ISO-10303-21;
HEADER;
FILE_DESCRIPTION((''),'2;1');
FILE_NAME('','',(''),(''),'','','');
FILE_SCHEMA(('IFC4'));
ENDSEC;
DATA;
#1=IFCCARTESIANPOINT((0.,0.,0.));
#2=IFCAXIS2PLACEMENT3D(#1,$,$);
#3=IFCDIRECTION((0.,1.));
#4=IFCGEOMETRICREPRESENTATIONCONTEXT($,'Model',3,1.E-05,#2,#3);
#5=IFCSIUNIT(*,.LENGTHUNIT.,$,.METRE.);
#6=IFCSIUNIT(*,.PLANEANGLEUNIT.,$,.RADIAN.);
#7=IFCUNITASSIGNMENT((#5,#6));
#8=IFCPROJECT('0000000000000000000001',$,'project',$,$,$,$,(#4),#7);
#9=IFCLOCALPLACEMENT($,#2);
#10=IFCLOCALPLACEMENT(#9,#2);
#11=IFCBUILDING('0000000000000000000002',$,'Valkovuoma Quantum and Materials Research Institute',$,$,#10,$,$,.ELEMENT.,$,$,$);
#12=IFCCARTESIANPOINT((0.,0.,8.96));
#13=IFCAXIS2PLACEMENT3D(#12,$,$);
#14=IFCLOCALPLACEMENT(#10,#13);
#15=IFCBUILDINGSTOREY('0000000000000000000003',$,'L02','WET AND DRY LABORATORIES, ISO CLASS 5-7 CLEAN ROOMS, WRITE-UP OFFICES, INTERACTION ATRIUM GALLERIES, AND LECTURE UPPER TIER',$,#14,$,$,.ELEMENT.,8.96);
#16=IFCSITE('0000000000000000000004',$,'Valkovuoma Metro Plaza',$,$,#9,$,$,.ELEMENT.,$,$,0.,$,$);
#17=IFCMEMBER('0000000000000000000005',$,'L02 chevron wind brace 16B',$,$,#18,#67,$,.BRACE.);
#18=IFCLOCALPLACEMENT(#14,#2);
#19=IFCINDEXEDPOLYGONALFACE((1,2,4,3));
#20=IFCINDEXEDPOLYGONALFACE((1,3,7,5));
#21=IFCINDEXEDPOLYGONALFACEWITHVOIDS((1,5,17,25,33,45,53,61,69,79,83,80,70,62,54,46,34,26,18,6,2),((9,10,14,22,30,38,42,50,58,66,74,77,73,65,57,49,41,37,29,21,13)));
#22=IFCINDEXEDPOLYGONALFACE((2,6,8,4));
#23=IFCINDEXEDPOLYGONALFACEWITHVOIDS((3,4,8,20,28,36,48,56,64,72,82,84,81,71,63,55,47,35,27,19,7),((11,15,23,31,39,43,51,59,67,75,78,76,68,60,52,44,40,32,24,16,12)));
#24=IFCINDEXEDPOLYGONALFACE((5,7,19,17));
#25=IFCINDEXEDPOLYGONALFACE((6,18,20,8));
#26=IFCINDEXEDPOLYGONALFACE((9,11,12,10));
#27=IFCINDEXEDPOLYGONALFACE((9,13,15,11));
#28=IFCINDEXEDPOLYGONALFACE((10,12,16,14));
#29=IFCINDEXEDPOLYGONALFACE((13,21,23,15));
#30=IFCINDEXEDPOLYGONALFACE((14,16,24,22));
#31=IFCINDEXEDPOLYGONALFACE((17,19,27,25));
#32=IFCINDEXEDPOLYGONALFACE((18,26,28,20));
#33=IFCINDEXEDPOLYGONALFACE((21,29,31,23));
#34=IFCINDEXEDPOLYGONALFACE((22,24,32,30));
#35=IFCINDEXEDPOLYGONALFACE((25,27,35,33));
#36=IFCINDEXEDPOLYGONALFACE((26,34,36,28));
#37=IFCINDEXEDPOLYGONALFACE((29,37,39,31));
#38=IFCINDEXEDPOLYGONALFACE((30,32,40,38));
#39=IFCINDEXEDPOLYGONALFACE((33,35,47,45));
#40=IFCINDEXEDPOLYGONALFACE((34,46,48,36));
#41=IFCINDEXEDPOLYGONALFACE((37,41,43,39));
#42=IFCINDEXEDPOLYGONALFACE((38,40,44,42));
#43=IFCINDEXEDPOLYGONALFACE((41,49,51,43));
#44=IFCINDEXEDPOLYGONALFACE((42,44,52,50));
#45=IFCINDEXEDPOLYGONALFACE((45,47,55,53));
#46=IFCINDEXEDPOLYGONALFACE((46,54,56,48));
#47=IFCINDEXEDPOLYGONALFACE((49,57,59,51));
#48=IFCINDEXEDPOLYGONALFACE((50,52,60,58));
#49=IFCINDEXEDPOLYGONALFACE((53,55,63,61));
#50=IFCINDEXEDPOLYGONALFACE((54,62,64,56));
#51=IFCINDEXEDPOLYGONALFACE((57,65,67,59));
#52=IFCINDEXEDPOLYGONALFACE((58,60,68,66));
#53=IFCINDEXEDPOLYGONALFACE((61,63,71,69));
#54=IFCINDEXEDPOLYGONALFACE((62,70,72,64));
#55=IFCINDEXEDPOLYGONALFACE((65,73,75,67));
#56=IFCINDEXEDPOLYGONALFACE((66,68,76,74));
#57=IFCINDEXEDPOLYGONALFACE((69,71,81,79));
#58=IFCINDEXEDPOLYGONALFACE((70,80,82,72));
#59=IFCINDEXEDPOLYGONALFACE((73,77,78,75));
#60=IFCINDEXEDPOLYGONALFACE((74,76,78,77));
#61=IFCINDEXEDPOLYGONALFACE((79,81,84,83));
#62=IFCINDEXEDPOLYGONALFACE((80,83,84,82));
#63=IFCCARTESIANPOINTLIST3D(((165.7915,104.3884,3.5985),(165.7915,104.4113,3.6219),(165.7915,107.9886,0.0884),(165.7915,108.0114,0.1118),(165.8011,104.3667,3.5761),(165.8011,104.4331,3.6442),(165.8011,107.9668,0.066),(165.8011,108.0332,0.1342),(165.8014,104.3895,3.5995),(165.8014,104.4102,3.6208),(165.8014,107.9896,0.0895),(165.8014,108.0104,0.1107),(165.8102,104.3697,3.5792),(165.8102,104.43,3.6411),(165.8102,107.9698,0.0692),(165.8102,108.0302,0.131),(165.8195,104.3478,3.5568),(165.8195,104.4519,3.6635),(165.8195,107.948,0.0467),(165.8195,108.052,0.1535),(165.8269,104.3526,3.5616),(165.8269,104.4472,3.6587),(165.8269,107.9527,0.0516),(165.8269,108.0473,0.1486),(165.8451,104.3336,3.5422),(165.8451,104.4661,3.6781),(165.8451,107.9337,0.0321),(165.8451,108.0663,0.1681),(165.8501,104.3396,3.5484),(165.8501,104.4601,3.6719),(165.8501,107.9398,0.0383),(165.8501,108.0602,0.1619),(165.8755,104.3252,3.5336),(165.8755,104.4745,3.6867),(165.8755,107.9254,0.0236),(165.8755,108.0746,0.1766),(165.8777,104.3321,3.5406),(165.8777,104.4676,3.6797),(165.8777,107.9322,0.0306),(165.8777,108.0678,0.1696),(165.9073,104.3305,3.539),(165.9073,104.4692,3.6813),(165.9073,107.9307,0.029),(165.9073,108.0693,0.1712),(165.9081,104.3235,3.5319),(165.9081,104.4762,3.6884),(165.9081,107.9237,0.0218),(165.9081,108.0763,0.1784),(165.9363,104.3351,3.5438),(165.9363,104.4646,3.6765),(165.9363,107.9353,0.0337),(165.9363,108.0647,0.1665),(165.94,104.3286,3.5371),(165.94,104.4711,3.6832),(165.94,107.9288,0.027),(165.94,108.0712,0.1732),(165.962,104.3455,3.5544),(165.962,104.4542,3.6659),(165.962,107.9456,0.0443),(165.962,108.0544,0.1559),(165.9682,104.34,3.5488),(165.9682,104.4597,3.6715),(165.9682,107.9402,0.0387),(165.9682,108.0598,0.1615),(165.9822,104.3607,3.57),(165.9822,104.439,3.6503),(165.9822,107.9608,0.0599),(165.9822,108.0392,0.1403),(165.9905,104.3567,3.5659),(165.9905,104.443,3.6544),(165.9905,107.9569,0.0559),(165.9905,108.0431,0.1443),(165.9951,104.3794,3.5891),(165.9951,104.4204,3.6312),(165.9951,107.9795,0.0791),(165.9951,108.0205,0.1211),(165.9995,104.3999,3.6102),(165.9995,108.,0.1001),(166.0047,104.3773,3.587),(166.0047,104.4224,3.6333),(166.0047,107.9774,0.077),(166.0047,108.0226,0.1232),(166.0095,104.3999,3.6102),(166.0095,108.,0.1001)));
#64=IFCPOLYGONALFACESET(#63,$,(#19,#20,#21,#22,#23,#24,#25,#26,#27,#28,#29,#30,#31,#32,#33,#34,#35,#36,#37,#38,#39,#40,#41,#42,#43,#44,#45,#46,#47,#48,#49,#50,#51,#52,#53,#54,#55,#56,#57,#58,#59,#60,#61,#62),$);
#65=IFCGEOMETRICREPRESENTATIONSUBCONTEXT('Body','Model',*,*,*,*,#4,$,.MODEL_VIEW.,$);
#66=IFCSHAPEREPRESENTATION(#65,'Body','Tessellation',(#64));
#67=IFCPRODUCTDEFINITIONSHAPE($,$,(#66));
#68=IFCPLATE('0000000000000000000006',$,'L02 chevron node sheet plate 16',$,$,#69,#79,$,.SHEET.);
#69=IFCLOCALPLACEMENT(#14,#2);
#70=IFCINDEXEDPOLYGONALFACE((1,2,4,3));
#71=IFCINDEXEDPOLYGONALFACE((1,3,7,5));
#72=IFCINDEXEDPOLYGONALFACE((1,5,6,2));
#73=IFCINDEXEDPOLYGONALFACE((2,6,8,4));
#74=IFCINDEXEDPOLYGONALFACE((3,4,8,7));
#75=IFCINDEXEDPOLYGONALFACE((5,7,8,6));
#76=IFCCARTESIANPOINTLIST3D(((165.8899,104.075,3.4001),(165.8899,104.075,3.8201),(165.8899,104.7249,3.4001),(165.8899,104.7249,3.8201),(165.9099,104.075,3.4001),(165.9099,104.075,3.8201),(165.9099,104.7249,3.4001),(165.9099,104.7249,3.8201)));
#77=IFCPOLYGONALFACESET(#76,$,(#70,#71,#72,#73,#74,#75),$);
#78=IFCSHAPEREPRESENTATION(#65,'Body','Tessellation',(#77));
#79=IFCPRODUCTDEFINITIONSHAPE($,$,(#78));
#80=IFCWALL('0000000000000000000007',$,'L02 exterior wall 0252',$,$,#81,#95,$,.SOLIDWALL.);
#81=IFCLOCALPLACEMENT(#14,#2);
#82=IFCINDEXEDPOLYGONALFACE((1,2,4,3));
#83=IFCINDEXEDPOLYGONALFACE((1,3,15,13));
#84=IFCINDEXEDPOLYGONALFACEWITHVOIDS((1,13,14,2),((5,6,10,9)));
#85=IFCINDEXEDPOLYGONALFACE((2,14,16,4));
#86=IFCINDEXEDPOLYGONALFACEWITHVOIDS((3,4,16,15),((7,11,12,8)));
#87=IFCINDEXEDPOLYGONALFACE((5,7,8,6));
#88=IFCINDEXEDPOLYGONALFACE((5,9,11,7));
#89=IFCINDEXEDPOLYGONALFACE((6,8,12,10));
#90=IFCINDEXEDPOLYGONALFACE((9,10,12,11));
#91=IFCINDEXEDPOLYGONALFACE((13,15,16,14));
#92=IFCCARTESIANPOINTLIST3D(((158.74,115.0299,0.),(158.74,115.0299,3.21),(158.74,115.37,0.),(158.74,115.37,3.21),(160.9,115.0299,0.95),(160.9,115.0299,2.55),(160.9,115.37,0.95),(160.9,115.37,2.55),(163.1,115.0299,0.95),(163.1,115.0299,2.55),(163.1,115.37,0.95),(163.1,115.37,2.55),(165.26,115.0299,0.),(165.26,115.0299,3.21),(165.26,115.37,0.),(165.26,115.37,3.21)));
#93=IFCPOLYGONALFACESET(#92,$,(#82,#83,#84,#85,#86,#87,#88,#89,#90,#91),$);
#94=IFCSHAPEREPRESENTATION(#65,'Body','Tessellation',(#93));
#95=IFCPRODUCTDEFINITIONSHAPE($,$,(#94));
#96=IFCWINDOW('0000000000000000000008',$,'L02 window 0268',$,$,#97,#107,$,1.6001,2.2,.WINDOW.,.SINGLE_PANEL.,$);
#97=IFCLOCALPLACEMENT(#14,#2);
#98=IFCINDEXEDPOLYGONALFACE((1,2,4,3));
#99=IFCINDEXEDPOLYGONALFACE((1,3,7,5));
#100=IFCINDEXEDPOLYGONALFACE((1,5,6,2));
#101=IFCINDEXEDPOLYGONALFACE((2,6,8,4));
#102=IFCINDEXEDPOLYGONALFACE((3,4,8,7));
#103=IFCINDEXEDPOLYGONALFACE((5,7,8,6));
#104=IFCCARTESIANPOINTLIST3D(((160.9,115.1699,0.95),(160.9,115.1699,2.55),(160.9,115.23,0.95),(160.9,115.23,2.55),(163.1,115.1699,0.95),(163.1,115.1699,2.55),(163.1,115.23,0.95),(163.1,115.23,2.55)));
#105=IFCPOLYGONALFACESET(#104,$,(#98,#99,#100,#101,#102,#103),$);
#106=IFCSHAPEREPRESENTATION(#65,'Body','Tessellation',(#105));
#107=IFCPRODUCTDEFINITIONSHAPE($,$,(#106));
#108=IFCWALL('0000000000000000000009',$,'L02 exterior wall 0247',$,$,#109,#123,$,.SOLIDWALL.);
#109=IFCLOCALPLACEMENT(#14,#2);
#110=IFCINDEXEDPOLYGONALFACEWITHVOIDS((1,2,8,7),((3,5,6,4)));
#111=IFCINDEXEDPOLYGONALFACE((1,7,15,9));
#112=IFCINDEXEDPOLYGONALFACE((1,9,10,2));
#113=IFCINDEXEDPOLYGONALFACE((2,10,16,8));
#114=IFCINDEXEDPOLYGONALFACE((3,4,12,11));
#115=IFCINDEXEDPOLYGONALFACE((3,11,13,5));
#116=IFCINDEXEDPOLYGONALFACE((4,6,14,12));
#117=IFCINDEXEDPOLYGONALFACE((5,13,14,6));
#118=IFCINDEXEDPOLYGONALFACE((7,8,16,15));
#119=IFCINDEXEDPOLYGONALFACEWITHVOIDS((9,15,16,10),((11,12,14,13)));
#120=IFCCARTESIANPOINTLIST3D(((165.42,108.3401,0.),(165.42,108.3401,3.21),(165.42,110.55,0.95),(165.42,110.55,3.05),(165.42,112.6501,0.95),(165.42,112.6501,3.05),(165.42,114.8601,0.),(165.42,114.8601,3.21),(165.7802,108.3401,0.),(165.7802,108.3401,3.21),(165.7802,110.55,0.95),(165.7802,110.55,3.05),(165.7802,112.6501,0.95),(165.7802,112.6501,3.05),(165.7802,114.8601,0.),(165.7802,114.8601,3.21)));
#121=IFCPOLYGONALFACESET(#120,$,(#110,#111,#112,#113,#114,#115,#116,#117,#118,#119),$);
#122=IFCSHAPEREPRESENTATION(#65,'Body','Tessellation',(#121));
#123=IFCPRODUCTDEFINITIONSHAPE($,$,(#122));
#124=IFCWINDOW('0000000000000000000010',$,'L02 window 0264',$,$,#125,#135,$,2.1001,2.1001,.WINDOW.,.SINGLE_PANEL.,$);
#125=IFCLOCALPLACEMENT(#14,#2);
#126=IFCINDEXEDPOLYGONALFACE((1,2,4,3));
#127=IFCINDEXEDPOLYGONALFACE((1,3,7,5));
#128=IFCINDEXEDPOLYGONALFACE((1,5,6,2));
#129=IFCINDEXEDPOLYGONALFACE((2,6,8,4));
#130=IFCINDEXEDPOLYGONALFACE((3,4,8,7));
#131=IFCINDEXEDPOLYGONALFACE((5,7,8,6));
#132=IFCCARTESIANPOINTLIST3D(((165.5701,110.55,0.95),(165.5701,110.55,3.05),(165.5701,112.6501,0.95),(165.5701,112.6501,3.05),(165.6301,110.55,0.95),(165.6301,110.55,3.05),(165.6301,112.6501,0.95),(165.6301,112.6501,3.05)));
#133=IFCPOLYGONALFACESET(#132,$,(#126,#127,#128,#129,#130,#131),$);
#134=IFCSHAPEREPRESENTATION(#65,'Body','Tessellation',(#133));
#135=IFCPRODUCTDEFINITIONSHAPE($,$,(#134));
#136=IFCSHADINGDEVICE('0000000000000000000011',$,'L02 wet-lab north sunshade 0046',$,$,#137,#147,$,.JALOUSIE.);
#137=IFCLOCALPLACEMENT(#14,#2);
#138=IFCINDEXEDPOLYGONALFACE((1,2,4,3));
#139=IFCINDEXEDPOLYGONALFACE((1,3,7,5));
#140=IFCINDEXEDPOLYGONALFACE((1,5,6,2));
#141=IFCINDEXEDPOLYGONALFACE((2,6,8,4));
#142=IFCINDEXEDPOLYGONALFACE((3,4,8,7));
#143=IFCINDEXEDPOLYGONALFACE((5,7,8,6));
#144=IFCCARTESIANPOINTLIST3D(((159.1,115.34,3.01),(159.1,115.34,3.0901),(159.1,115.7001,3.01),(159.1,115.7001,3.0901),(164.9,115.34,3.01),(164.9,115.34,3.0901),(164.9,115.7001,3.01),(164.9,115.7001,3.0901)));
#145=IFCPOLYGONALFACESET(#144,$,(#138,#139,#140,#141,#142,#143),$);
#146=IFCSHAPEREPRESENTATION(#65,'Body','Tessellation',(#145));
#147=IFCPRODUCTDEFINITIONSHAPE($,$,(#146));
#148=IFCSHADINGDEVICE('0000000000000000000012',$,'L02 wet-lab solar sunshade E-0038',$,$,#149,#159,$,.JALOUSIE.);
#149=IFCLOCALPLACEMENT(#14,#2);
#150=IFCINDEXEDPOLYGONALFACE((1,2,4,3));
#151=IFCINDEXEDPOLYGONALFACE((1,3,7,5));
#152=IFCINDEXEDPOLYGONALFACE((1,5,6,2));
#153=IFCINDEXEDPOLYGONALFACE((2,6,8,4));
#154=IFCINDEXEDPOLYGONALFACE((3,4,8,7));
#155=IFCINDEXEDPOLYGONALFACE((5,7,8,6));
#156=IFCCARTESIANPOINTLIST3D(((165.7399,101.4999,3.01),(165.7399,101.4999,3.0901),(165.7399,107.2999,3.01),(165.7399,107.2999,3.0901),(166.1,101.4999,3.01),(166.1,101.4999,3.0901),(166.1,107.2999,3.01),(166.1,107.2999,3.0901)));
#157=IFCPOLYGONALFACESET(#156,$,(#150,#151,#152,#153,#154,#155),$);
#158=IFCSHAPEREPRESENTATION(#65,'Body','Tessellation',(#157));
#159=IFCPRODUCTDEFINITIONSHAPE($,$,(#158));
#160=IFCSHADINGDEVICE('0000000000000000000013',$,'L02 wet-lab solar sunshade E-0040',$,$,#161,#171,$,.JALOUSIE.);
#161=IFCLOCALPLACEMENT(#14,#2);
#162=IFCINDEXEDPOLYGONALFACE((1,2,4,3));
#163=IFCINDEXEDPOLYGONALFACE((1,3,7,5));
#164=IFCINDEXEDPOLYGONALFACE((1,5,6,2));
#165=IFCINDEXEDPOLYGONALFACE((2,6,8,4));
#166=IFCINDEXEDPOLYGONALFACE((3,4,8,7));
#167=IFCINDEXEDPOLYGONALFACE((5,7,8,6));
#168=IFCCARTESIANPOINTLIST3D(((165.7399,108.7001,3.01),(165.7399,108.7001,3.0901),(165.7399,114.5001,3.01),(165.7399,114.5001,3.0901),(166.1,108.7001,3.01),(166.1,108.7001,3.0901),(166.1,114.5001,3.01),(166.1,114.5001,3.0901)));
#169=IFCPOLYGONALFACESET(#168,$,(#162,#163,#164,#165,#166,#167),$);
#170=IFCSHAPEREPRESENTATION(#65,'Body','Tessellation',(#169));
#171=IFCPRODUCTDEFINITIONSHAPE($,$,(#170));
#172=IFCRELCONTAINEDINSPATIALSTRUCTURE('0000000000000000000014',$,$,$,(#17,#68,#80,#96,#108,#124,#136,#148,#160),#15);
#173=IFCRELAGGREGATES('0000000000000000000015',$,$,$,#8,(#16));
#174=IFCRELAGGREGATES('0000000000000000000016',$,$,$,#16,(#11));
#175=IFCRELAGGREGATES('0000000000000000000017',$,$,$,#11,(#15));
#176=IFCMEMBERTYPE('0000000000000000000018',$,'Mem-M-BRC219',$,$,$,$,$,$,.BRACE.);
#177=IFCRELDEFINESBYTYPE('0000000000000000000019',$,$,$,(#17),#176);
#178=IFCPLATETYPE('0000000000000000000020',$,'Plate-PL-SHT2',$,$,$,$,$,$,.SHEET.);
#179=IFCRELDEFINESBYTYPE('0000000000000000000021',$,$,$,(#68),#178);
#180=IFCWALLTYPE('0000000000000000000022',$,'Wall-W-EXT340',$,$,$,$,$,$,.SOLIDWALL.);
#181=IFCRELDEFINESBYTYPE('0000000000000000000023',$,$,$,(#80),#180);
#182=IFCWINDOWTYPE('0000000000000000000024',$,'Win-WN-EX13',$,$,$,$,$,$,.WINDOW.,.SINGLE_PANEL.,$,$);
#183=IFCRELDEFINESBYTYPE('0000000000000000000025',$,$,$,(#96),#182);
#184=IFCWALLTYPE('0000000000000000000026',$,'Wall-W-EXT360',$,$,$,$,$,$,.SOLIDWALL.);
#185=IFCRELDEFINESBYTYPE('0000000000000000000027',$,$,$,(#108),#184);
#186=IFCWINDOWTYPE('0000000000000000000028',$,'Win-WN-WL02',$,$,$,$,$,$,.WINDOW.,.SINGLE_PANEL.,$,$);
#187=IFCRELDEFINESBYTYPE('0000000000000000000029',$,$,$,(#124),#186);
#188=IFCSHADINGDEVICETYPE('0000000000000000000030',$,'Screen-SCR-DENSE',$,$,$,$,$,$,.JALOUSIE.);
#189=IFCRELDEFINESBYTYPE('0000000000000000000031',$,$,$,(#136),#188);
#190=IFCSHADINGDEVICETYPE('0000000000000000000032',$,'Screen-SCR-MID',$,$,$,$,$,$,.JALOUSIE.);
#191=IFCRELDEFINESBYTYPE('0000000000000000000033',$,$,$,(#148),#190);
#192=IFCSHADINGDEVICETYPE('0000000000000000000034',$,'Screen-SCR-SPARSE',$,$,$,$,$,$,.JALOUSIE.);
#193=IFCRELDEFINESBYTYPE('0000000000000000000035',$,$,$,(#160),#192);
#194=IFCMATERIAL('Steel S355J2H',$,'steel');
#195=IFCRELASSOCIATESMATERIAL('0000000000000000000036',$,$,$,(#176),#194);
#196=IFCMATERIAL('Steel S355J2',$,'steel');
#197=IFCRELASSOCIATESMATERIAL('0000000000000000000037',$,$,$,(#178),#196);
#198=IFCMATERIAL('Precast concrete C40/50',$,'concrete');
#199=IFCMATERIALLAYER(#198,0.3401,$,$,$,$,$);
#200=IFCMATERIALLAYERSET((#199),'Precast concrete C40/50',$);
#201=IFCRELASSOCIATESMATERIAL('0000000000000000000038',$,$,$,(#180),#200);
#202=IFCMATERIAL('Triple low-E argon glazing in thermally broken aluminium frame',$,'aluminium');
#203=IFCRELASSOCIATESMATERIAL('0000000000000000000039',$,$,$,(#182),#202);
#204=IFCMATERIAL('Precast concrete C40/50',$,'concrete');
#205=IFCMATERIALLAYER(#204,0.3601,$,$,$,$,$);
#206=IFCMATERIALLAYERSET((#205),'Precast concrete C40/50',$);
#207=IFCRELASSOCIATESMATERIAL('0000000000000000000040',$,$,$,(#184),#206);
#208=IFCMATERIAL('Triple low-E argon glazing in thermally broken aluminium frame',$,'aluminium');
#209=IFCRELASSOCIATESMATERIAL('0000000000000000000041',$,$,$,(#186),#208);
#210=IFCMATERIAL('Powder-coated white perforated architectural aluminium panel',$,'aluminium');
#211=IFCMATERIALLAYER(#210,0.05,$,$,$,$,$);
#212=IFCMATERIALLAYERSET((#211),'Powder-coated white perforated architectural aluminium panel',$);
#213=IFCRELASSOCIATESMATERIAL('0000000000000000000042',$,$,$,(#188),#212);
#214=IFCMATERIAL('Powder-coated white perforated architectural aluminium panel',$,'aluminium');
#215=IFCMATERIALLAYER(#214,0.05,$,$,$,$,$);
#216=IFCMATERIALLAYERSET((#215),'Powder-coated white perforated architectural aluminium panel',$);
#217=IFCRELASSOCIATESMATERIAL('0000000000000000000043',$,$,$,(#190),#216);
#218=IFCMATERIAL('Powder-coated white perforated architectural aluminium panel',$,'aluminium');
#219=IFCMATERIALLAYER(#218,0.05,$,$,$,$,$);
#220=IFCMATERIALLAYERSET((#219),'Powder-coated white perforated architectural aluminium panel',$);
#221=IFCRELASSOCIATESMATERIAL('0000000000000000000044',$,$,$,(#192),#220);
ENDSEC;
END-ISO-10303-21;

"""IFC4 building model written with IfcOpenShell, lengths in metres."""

from ifc_helpers import new_model, si_unit, direction, frame, frame_2d, origin, origin_2d, place, context, subcontext, project, spatial, rectangle, hollow_circle, extrude, material, layer, layer_set, material_profile, profile_set, type_object, element, fill, save


model = new_model("IFC4")

# Units and contexts
model_context = context("Model", 3, precision=1e-05, world=origin(), true_north=direction((0.0, 1.0)))
body_context = subcontext(model_context, "Body", "Model", "MODEL_VIEW")
ifc_project = project(units=[si_unit("LENGTHUNIT", "METRE"), si_unit("PLANEANGLEUNIT", "RADIAN")], contexts=[model_context])

# Site, building, storey
site_placement = place(None, origin())
site = spatial("IfcSite", under=ifc_project, at=site_placement, Name="Valkovuoma Metro Plaza", CompositionType="ELEMENT", RefElevation=0.0)
building_placement = place(site_placement, origin())
building = spatial("IfcBuilding", under=site, at=building_placement, Name="Valkovuoma Quantum and Materials Research Institute", CompositionType="ELEMENT")
storey_placement = place(building_placement, frame((0.0, 0.0, 8.96)))
storey = spatial("IfcBuildingStorey", under=building, at=storey_placement, Name="L02", Description="WET AND DRY LABORATORIES, ISO CLASS 5-7 CLEAN ROOMS, WRITE-UP OFFICES, INTERACTION ATRIUM GALLERIES, AND LECTURE UPPER TIER", CompositionType="ELEMENT", Elevation=8.96)

# Member
ifc_material_1 = material(Name="Steel S355J2H", Category="steel")
ifc_material_profile_1 = material_profile(ifc_material_1, hollow_circle(Radius=0.1096, WallThickness=0.01, at=origin_2d()), Name="Steel S355J2H")
ifc_profile_set_1 = profile_set([ifc_material_profile_1], Name="Steel S355J2H")
member_type = type_object("IfcMemberType", Name="Mem-M-BRC219", PredefinedType="BRACE", material=ifc_profile_set_1)
member_placement = place(storey_placement, frame((165.8999, 108.0, 0.1001), z_axis=(0.0, -0.716009, 0.698091), x_axis=(1.0, 0.0, 0.0)))
element("IfcMember", 1, at=member_placement, inside=storey, type_object=member_type, Name="L02 chevron wind brace 16B", PredefinedType="BRACE", context=body_context, shape_type="SweptSolid", body=[
    extrude(hollow_circle(Radius=0.1096, WallThickness=0.01, at=origin_2d()), origin(), (0.0, 0.0, 1.0), 5.0281),
])

# Plate
ifc_material_2 = material(Name="Steel S355J2", Category="steel")
plate_type = type_object("IfcPlateType", Name="Plate-PL-SHT2", PredefinedType="SHEET", material=ifc_material_2)
plate_placement = place(storey_placement, frame((165.8999, 104.3999, 3.4001), z_axis=(0.0, 0.0, 1.0), x_axis=(0.0, 1.0, 0.0)))
element("IfcPlate", 2, at=plate_placement, inside=storey, type_object=plate_type, Name="L02 chevron node sheet plate 16", PredefinedType="SHEET", context=body_context, shape_type="SweptSolid", body=[
    extrude(rectangle(XDim=0.6499, YDim=0.02, at=origin_2d()), origin(), (0.0, 0.0, 1.0), 0.4199),
])

# Walls, openings, windows
ifc_material_3 = material(Name="Precast concrete C40/50", Category="concrete")
ifc_layer_1 = layer(ifc_material_3, 0.3401)
ifc_layer_set_1 = layer_set([ifc_layer_1], Name="Precast concrete C40/50")
wall_type_1 = type_object("IfcWallType", Name="Wall-W-EXT340", PredefinedType="SOLIDWALL", material=ifc_layer_set_1)
wall_1_placement = place(storey_placement, frame((158.74, 115.2, 0.0), z_axis=(0.0, 0.0, 1.0), x_axis=(1.0, 0.0, 0.0)))
wall_1 = element("IfcWall", 3, at=wall_1_placement, inside=storey, type_object=wall_type_1, Name="L02 exterior wall 0252", PredefinedType="SOLIDWALL", context=body_context, shape_type="SweptSolid", body=[
    extrude(rectangle(XDim=6.52, YDim=0.3401, at=frame_2d((3.26, 0.0))), origin(), (0.0, 0.0, 1.0), 3.21),
])
opening_1_placement = place(wall_1_placement, frame((2.1599, 0.0, 0.95)))
opening_1 = element("IfcOpeningElement", 4, at=opening_1_placement, cuts=wall_1, PredefinedType="OPENING", context=body_context, shape_type="SweptSolid", body=[
    extrude(rectangle(XDim=2.2, YDim=1.6001, at=frame_2d((1.1001, 0.8))), frame((0.0, 0.1802, 0.0), z_axis=(0.0, -1.0, 0.0), x_axis=(1.0, 0.0, 0.0)), (0.0, 0.0, 1.0), 0.3601),
])
ifc_material_4 = material(Name="Triple low-E argon glazing in thermally broken aluminium frame", Category="aluminium")
window_type_1 = type_object("IfcWindowType", Name="Win-WN-EX13", PartitioningType="SINGLE_PANEL", PredefinedType="WINDOW", material=ifc_material_4)
window_1_placement = place(opening_1_placement, origin())
window_1 = element("IfcWindow", 5, at=window_1_placement, inside=storey, type_object=window_type_1, Name="L02 window 0268", OverallHeight=1.6001, OverallWidth=2.2, PartitioningType="SINGLE_PANEL", PredefinedType="WINDOW", context=body_context, shape_type="SweptSolid", body=[
    extrude(rectangle(XDim=2.2, YDim=1.6001, at=frame_2d((1.1001, 0.8))), frame((0.0, 0.03, 0.0), z_axis=(0.0, -1.0, 0.0), x_axis=(1.0, 0.0, 0.0)), (0.0, 0.0, 1.0), 0.0601),
])
fill(opening_1, window_1)
ifc_material_5 = material(Name="Precast concrete C40/50", Category="concrete")
ifc_layer_2 = layer(ifc_material_5, 0.3601)
ifc_layer_set_2 = layer_set([ifc_layer_2], Name="Precast concrete C40/50")
wall_type_2 = type_object("IfcWallType", Name="Wall-W-EXT360", PredefinedType="SOLIDWALL", material=ifc_layer_set_2)
wall_2_placement = place(storey_placement, frame((165.6001, 108.3401, 0.0), z_axis=(0.0, 0.0, 1.0), x_axis=(0.0, 1.0, 0.0)))
wall_2 = element("IfcWall", 6, at=wall_2_placement, inside=storey, type_object=wall_type_2, Name="L02 exterior wall 0247", PredefinedType="SOLIDWALL", context=body_context, shape_type="SweptSolid", body=[
    extrude(rectangle(XDim=6.52, YDim=0.3601, at=frame_2d((3.26, 0.0))), origin(), (0.0, 0.0, 1.0), 3.21),
])
opening_2_placement = place(wall_2_placement, frame((2.21, 0.0, 0.95)))
opening_2 = element("IfcOpeningElement", 7, at=opening_2_placement, cuts=wall_2, PredefinedType="OPENING", context=body_context, shape_type="SweptSolid", body=[
    extrude(rectangle(XDim=2.1001, YDim=2.1001, at=frame_2d((1.05, 1.05))), frame((0.0, 0.1899, 0.0), z_axis=(0.0, -1.0, 0.0), x_axis=(1.0, 0.0, 0.0)), (0.0, 0.0, 1.0), 0.3801),
])
ifc_material_6 = material(Name="Triple low-E argon glazing in thermally broken aluminium frame", Category="aluminium")
window_type_2 = type_object("IfcWindowType", Name="Win-WN-WL02", PartitioningType="SINGLE_PANEL", PredefinedType="WINDOW", material=ifc_material_6)
window_2_placement = place(opening_2_placement, origin())
window_2 = element("IfcWindow", 8, at=window_2_placement, inside=storey, type_object=window_type_2, Name="L02 window 0264", OverallHeight=2.1001, OverallWidth=2.1001, PartitioningType="SINGLE_PANEL", PredefinedType="WINDOW", context=body_context, shape_type="SweptSolid", body=[
    extrude(rectangle(XDim=2.1001, YDim=2.1001, at=frame_2d((1.05, 1.05))), frame((0.0, 0.03, 0.0), z_axis=(0.0, -1.0, 0.0), x_axis=(1.0, 0.0, 0.0)), (0.0, 0.0, 1.0), 0.0601),
])
fill(opening_2, window_2)

# Shading devices
ifc_material_7 = material(Name="Powder-coated white perforated architectural aluminium panel", Category="aluminium")
ifc_layer_3 = layer(ifc_material_7, 0.05)
ifc_layer_set_3 = layer_set([ifc_layer_3], Name="Powder-coated white perforated architectural aluminium panel")
shading_device_type_1 = type_object("IfcShadingDeviceType", Name="Screen-SCR-DENSE", PredefinedType="JALOUSIE", material=ifc_layer_set_3)
shading_device_1_placement = place(storey_placement, frame((162.0, 115.52, 3.01), z_axis=(0.0, 0.0, 1.0), x_axis=(1.0, 0.0, 0.0)))
element("IfcShadingDevice", 9, at=shading_device_1_placement, inside=storey, type_object=shading_device_type_1, Name="L02 wet-lab north sunshade 0046", PredefinedType="JALOUSIE", context=body_context, shape_type="SweptSolid", body=[
    extrude(rectangle(XDim=5.8, YDim=0.3601, at=origin_2d()), origin(), (0.0, 0.0, 1.0), 0.0801),
])
ifc_material_8 = material(Name="Powder-coated white perforated architectural aluminium panel", Category="aluminium")
ifc_layer_4 = layer(ifc_material_8, 0.05)
ifc_layer_set_4 = layer_set([ifc_layer_4], Name="Powder-coated white perforated architectural aluminium panel")
shading_device_type_2 = type_object("IfcShadingDeviceType", Name="Screen-SCR-MID", PredefinedType="JALOUSIE", material=ifc_layer_set_4)
shading_device_2_placement = place(storey_placement, frame((165.9199, 104.3999, 3.01), z_axis=(0.0, 0.0, 1.0), x_axis=(1.0, 0.0, 0.0)))
element("IfcShadingDevice", 10, at=shading_device_2_placement, inside=storey, type_object=shading_device_type_2, Name="L02 wet-lab solar sunshade E-0038", PredefinedType="JALOUSIE", context=body_context, shape_type="SweptSolid", body=[
    extrude(rectangle(XDim=0.3601, YDim=5.8, at=origin_2d()), origin(), (0.0, 0.0, 1.0), 0.0801),
])
ifc_material_9 = material(Name="Powder-coated white perforated architectural aluminium panel", Category="aluminium")
ifc_layer_5 = layer(ifc_material_9, 0.05)
ifc_layer_set_5 = layer_set([ifc_layer_5], Name="Powder-coated white perforated architectural aluminium panel")
shading_device_type_3 = type_object("IfcShadingDeviceType", Name="Screen-SCR-SPARSE", PredefinedType="JALOUSIE", material=ifc_layer_set_5)
shading_device_3_placement = place(storey_placement, frame((165.9199, 111.6001, 3.01), z_axis=(0.0, 0.0, 1.0), x_axis=(1.0, 0.0, 0.0)))
element("IfcShadingDevice", 11, at=shading_device_3_placement, inside=storey, type_object=shading_device_type_3, Name="L02 wet-lab solar sunshade E-0040", PredefinedType="JALOUSIE", context=body_context, shape_type="SweptSolid", body=[
    extrude(rectangle(XDim=0.3601, YDim=5.8, at=origin_2d()), origin(), (0.0, 0.0, 1.0), 0.0801),
])

save(model, "model.ifc")
